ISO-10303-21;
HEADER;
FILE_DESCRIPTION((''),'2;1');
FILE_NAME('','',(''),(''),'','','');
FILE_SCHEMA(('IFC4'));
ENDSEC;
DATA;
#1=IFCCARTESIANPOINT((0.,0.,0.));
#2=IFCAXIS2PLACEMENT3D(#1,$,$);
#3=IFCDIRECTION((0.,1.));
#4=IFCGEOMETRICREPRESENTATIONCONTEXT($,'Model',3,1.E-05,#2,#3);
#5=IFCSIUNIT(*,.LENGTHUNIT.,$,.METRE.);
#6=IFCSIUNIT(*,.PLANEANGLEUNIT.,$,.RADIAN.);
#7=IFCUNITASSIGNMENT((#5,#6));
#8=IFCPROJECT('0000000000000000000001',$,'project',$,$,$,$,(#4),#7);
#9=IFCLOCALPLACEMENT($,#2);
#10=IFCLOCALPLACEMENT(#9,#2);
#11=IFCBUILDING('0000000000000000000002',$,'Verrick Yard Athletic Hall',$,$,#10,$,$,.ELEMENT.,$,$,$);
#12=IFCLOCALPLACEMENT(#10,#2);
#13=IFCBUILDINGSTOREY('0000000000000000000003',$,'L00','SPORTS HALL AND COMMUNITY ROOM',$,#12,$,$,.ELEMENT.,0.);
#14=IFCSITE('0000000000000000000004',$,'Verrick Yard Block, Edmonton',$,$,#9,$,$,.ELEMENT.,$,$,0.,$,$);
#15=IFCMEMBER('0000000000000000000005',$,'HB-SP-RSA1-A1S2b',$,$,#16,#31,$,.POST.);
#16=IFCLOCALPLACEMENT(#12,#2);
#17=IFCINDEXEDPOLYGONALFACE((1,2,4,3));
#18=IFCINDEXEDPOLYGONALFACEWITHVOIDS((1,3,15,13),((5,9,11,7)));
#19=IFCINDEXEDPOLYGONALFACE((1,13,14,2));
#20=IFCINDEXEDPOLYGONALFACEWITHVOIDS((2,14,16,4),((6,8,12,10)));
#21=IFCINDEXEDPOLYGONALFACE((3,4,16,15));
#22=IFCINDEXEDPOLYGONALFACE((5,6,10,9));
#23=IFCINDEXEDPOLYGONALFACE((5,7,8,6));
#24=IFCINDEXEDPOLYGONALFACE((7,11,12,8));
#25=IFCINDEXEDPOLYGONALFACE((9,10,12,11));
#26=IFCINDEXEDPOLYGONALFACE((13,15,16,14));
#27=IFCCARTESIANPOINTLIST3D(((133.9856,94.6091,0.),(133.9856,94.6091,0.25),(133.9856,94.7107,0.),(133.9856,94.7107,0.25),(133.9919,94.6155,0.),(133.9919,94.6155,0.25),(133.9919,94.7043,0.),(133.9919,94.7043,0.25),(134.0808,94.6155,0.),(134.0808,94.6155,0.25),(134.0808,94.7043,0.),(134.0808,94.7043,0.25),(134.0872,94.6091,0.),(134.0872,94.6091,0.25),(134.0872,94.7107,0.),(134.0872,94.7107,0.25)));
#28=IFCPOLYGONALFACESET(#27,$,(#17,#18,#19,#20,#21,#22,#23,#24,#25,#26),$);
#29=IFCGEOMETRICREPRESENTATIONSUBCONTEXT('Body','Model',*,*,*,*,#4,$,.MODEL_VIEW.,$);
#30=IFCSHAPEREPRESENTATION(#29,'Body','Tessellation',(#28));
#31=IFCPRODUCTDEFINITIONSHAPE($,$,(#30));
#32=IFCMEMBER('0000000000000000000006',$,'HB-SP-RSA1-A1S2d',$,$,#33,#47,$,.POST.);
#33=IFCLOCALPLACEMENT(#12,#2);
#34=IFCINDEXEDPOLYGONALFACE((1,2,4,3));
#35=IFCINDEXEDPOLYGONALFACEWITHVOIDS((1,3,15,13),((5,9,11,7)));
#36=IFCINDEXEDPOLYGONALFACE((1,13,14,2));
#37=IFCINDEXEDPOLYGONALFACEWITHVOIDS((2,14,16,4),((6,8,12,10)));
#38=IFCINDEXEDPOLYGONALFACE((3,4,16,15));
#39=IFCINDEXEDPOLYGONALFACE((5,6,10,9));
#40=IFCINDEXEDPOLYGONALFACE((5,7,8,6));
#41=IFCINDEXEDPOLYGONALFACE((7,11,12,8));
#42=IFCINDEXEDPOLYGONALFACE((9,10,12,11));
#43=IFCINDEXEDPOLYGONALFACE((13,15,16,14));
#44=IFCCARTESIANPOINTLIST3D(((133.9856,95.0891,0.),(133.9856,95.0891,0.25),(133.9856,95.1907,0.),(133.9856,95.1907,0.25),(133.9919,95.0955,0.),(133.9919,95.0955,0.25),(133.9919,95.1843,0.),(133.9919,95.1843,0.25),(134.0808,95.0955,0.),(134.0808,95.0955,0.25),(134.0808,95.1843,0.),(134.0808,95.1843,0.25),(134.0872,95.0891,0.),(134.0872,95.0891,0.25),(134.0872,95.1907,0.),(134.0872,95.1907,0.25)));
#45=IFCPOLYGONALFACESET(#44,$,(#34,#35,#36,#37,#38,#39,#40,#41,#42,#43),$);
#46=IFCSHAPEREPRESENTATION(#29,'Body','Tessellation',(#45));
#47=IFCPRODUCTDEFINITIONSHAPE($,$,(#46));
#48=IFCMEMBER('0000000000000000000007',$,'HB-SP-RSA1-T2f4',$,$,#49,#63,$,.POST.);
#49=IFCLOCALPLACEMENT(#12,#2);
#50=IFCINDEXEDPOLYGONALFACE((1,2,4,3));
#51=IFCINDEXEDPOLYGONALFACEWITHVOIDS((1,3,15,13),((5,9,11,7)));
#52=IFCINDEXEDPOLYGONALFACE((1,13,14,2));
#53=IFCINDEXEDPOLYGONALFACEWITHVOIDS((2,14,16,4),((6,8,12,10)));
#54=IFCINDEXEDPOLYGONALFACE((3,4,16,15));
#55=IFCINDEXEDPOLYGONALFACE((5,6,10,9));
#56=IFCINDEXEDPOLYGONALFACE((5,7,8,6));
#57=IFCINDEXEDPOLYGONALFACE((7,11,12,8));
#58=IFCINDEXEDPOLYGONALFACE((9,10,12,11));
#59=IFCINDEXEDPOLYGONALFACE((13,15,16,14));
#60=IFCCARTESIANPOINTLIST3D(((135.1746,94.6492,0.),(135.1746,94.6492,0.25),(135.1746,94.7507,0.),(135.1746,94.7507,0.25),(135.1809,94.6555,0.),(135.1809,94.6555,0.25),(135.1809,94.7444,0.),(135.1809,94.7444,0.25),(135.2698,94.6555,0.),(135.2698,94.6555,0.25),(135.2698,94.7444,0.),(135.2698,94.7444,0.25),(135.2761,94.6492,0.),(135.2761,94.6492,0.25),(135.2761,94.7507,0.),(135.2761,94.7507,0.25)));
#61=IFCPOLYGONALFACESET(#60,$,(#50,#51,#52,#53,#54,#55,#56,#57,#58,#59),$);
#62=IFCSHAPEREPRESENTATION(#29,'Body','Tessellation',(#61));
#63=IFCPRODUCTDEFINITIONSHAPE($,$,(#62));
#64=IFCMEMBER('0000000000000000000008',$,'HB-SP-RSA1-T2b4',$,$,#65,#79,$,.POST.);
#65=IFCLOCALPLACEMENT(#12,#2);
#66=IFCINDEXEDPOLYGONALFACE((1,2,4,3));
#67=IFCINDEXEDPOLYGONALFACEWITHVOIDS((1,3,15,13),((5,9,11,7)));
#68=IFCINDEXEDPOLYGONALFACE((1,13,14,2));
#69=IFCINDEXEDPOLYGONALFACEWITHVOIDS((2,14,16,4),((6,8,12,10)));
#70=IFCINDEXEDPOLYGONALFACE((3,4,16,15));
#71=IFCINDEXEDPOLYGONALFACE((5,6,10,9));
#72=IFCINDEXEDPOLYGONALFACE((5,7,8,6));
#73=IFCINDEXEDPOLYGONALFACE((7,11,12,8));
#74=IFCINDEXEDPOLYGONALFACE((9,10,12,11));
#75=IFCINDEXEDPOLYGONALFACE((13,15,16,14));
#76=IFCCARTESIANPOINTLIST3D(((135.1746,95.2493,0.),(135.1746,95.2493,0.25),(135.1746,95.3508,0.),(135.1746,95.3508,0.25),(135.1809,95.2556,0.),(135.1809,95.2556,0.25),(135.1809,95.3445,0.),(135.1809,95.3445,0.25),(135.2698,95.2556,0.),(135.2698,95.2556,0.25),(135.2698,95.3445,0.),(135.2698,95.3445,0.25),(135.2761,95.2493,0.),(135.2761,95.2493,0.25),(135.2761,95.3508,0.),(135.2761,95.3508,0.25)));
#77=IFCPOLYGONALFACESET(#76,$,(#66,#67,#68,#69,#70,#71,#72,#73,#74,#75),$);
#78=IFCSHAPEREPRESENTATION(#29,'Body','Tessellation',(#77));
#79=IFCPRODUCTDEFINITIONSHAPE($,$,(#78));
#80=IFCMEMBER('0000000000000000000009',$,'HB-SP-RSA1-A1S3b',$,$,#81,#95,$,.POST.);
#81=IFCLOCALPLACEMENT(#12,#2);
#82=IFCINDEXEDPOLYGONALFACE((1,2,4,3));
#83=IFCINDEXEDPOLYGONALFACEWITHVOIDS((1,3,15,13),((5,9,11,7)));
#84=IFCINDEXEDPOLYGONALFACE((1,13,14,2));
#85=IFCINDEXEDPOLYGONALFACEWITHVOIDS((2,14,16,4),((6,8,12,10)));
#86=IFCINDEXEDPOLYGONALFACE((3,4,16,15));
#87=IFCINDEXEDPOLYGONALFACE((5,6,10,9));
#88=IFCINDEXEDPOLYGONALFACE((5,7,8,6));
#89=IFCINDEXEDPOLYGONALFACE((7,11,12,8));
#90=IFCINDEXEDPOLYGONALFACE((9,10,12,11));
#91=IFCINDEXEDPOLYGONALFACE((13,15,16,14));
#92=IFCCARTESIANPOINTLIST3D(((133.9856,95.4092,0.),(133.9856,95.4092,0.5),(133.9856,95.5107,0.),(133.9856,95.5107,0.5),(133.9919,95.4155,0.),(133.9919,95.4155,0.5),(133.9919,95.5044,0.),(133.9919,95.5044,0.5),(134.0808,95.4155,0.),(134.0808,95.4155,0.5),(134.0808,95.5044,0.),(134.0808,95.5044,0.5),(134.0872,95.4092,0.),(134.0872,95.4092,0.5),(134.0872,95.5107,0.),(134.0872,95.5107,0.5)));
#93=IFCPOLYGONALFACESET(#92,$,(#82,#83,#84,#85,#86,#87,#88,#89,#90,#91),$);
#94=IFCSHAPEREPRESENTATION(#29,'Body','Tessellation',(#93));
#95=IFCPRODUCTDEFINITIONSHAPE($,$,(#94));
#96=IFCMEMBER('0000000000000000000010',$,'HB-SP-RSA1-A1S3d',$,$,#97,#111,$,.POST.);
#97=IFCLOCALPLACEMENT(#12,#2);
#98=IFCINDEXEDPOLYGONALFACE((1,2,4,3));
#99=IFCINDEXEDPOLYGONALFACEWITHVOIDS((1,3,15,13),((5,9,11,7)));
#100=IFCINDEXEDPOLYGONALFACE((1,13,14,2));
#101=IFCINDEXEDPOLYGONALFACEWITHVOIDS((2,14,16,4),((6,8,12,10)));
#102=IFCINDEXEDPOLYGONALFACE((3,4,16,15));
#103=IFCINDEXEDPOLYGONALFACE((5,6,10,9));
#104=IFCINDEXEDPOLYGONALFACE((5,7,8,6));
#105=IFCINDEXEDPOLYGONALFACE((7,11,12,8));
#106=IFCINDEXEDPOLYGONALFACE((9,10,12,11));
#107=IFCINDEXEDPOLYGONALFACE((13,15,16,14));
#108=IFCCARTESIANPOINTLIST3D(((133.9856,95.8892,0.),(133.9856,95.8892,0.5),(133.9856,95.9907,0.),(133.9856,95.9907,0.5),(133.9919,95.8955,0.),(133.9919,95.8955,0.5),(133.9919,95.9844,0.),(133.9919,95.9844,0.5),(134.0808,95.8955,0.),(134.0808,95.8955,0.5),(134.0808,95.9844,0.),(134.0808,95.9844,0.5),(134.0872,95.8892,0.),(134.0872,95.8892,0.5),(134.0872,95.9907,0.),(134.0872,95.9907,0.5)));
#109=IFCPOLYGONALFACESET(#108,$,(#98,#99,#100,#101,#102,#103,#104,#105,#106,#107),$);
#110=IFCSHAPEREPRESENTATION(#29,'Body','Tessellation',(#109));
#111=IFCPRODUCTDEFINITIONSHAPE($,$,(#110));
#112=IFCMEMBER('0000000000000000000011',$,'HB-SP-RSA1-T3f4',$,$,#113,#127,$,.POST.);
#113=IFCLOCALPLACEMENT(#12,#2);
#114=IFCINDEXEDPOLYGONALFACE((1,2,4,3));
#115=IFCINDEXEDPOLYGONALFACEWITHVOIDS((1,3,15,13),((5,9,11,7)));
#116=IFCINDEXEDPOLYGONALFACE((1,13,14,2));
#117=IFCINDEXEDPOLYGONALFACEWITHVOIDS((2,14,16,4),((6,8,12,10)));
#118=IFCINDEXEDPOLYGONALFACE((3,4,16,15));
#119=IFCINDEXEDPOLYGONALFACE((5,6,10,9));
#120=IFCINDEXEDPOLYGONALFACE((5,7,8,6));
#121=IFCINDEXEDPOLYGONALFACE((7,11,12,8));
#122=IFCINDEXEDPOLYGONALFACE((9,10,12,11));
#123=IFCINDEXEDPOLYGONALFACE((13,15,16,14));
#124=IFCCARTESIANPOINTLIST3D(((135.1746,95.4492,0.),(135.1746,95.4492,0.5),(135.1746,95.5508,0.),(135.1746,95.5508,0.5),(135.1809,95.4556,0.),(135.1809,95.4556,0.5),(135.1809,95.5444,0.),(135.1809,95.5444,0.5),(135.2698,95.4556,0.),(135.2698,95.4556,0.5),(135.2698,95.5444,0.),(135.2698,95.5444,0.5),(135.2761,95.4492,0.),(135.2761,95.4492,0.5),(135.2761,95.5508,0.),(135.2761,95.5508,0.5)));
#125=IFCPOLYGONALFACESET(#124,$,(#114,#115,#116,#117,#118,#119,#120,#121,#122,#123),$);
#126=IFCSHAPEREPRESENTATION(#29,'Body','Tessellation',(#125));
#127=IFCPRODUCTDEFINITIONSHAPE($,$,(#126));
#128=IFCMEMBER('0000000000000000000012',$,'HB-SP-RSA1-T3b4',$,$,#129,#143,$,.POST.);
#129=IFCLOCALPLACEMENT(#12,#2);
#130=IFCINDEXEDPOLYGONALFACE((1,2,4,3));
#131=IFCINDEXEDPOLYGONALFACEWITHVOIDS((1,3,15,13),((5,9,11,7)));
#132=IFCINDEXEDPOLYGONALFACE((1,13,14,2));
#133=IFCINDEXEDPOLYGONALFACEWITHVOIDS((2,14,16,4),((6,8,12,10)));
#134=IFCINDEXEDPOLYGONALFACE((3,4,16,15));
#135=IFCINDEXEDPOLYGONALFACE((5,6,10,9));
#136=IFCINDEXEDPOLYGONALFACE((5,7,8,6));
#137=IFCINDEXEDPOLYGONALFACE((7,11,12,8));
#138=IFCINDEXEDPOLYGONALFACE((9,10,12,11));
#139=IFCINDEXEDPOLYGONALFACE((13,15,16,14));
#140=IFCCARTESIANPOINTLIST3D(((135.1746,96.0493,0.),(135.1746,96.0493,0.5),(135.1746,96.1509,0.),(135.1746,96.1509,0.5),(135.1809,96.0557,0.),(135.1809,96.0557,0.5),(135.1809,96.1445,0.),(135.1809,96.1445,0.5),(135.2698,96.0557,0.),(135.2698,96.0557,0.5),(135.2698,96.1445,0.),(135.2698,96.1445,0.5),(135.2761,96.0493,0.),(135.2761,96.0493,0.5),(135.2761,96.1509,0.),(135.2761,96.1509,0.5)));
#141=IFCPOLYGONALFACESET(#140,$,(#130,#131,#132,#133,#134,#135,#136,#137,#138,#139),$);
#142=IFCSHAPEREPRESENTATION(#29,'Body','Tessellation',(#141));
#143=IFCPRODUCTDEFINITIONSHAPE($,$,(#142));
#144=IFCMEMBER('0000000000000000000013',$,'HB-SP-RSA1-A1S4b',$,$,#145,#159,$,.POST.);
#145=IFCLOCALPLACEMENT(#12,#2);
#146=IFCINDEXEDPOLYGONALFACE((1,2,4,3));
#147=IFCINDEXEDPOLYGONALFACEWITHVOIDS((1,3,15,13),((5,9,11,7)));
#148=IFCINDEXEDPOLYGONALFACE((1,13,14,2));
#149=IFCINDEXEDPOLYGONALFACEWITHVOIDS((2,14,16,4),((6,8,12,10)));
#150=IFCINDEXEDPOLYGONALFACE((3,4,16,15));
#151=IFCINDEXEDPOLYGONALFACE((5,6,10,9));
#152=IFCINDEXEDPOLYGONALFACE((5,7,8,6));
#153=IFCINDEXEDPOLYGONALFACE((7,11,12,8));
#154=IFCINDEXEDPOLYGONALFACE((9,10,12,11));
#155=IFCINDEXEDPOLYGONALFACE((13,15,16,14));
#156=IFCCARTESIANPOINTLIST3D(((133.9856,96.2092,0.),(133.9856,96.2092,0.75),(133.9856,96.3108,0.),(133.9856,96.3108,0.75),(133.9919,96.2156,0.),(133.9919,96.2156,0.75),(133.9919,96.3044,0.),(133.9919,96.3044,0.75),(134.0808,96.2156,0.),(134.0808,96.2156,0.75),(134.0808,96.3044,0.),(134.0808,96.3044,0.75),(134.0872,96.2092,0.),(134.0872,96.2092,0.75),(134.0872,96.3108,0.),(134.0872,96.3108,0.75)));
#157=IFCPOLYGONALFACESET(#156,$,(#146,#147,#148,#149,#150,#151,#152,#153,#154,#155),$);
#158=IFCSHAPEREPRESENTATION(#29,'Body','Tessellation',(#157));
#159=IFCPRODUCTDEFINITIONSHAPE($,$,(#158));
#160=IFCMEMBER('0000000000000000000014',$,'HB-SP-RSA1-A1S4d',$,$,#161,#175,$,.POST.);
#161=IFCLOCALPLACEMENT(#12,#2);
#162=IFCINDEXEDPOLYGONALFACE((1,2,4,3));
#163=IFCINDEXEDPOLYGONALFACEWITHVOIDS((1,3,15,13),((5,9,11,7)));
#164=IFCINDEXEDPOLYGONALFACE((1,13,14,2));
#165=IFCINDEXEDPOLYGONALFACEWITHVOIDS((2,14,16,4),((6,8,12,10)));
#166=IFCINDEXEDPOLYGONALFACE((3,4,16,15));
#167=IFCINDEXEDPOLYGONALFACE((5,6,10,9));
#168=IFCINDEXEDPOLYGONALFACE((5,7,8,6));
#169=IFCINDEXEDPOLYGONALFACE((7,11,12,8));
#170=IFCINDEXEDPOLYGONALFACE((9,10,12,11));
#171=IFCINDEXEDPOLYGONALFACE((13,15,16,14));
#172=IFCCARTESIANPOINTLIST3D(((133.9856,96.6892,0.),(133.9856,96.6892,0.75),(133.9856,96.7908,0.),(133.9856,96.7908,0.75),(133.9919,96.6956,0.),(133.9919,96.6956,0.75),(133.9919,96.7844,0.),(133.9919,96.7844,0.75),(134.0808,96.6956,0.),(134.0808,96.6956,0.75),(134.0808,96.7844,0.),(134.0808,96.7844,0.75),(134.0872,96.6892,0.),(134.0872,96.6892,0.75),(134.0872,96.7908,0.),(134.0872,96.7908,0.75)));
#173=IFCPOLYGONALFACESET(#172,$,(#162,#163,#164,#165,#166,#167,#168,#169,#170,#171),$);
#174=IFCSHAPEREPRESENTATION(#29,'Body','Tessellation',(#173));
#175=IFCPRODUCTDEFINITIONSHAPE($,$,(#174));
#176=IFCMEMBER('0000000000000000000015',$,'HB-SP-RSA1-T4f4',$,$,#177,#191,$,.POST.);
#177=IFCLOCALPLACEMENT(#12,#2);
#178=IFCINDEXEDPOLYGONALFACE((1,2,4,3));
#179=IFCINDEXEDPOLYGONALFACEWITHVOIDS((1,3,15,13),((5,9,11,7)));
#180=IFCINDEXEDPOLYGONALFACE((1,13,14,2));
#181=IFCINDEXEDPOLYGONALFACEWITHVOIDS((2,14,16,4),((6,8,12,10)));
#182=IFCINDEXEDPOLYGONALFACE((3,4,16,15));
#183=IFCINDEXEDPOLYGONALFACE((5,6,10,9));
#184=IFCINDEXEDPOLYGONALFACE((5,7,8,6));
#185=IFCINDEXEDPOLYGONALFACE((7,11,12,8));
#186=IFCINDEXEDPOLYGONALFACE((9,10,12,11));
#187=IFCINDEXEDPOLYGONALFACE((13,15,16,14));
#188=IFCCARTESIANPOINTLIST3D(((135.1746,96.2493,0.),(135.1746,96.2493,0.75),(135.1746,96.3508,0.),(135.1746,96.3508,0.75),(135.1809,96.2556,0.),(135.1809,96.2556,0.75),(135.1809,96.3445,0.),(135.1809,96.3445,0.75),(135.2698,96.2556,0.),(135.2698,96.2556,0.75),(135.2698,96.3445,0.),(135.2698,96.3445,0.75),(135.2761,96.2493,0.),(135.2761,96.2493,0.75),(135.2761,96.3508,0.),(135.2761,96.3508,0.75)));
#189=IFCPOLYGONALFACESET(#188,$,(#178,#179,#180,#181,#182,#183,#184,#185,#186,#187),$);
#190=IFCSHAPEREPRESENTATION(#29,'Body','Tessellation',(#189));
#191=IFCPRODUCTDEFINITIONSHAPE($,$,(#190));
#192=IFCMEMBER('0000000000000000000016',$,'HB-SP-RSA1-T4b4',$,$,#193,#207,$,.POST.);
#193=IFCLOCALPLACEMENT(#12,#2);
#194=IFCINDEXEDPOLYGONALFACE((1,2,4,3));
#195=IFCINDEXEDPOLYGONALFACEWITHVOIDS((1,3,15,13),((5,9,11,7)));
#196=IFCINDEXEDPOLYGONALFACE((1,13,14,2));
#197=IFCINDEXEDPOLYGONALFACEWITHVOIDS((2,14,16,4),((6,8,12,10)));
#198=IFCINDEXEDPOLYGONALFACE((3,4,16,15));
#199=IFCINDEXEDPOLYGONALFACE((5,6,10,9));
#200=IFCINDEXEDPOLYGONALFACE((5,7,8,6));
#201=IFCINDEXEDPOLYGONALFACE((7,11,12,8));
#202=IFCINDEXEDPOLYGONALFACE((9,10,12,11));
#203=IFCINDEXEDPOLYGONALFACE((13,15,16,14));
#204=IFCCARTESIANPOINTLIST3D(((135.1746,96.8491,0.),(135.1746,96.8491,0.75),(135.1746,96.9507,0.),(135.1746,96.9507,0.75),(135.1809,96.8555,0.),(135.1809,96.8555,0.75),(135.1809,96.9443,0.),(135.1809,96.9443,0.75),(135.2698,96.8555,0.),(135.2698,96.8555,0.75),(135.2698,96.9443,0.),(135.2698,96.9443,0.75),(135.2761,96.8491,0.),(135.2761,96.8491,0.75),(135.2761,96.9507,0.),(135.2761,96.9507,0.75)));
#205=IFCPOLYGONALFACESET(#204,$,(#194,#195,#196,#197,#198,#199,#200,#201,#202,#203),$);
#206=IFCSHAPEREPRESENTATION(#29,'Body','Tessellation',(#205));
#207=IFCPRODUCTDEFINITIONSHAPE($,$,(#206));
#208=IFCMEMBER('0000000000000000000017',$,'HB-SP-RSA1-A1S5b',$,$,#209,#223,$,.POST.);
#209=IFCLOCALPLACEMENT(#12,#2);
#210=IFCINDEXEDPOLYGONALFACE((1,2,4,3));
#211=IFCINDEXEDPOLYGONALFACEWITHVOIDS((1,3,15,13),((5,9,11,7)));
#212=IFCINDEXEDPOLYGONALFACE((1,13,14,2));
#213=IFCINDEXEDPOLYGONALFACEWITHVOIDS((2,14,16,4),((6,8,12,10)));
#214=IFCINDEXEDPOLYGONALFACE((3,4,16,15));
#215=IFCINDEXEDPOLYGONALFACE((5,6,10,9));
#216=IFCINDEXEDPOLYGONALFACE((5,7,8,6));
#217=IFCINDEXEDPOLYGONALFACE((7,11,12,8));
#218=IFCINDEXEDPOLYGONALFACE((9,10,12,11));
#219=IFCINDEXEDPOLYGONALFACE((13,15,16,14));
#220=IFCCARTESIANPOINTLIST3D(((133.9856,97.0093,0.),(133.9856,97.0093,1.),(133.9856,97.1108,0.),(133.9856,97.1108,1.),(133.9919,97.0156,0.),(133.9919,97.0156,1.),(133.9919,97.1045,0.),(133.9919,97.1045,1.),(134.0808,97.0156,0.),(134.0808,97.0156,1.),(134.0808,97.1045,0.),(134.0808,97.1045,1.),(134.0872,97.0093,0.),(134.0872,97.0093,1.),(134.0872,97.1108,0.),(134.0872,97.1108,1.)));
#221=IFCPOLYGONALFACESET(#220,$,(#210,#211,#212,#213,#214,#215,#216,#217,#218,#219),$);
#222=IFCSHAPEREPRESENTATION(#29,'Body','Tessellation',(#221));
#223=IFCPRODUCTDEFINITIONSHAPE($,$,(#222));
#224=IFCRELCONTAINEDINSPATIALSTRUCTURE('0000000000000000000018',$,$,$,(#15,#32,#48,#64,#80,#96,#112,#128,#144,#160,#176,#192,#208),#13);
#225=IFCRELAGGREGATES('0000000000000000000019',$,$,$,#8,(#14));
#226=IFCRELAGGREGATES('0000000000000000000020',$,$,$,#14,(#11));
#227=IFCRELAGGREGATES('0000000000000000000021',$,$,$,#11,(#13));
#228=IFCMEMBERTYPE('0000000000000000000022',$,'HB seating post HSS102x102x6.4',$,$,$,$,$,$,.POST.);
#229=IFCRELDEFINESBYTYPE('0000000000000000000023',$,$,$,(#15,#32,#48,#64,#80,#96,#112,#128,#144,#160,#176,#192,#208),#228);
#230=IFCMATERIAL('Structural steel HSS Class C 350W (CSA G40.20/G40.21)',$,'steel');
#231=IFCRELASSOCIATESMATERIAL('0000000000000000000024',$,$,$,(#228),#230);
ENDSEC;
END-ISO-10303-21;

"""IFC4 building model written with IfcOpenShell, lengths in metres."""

from ifc_helpers import new_model, si_unit, direction, frame, origin, origin_2d, place, context, subcontext, project, spatial, hollow_rectangle, extrude, material, material_profile, profile_set, type_object, element, save


model = new_model("IFC4")

# Units and contexts
model_context = context("Model", 3, precision=1e-05, world=origin(), true_north=direction((0.0, 1.0)))
body_context = subcontext(model_context, "Body", "Model", "MODEL_VIEW")
ifc_project = project(units=[si_unit("LENGTHUNIT", "METRE"), si_unit("PLANEANGLEUNIT", "RADIAN")], contexts=[model_context])

# Site, building, storey
site_placement = place(None, origin())
site = spatial("IfcSite", under=ifc_project, at=site_placement, Name="Verrick Yard Block, Edmonton", CompositionType="ELEMENT", RefElevation=0.0)
building_placement = place(site_placement, origin())
building = spatial("IfcBuilding", under=site, at=building_placement, Name="Verrick Yard Athletic Hall", CompositionType="ELEMENT")
storey_placement = place(building_placement, origin())
storey = spatial("IfcBuildingStorey", under=building, at=storey_placement, Name="L00", Description="SPORTS HALL AND COMMUNITY ROOM", CompositionType="ELEMENT", Elevation=0.0)

# Members
ifc_material = material(Name="Structural steel HSS Class C 350W (CSA G40.20/G40.21)", Category="steel")
ifc_material_profile = material_profile(ifc_material, hollow_rectangle(XDim=0.1016, YDim=0.1016, WallThickness=0.0063, at=origin_2d()), Name="HSS102x102x6.4")
ifc_profile_set = profile_set([ifc_material_profile], Name="Structural steel HSS Class C 350W (CSA G40.20/G40.21)")
member_type = type_object("IfcMemberType", Name="HB seating post HSS102x102x6.4", PredefinedType="POST", material=ifc_profile_set)
for number, where, z_axis, x_axis, name in (
    (1, (134.0364, 94.6599, 0.0), (0.0, 0.0, 1.0), (0.0, 1.0, 0.0), "HB-SP-RSA1-A1S2b"),
    (2, (134.0364, 95.1399, 0.0), (0.0, 0.0, 1.0), (0.0, 1.0, 0.0), "HB-SP-RSA1-A1S2d"),
    (3, (135.2253, 94.7, 0.0), (0.0, 0.0, 1.0), (0.0, 1.0, 0.0), "HB-SP-RSA1-T2f4"),
    (4, (135.2253, 95.3, 0.0), (0.0, 0.0, 1.0), (0.0, 1.0, 0.0), "HB-SP-RSA1-T2b4"),
):
    element("IfcMember", number, at=place(storey_placement, frame(where, z_axis=z_axis, x_axis=x_axis)), inside=storey, type_object=member_type, Name=name, PredefinedType="POST", context=body_context, shape_type="SweptSolid", body=[
        extrude(hollow_rectangle(XDim=0.1016, YDim=0.1016, WallThickness=0.0063, at=origin_2d()), origin(), (0.0, 0.0, 1.0), 0.25),
    ])
for number, where, z_axis, x_axis, name in (
    (5, (134.0364, 95.46, 0.0), (0.0, 0.0, 1.0), (0.0, 1.0, 0.0), "HB-SP-RSA1-A1S3b"),
    (6, (134.0364, 95.9399, 0.0), (0.0, 0.0, 1.0), (0.0, 1.0, 0.0), "HB-SP-RSA1-A1S3d"),
    (7, (135.2253, 95.5, 0.0), (0.0, 0.0, 1.0), (0.0, 1.0, 0.0), "HB-SP-RSA1-T3f4"),
    (8, (135.2253, 96.1001, 0.0), (0.0, 0.0, 1.0), (0.0, 1.0, 0.0), "HB-SP-RSA1-T3b4"),
):
    element("IfcMember", number, at=place(storey_placement, frame(where, z_axis=z_axis, x_axis=x_axis)), inside=storey, type_object=member_type, Name=name, PredefinedType="POST", context=body_context, shape_type="SweptSolid", body=[
        extrude(hollow_rectangle(XDim=0.1016, YDim=0.1016, WallThickness=0.0063, at=origin_2d()), origin(), (0.0, 0.0, 1.0), 0.5),
    ])
for number, where, z_axis, x_axis, name in (
    (9, (134.0364, 96.26, 0.0), (0.0, 0.0, 1.0), (0.0, 1.0, 0.0), "HB-SP-RSA1-A1S4b"),
    (10, (134.0364, 96.74, 0.0), (0.0, 0.0, 1.0), (0.0, 1.0, 0.0), "HB-SP-RSA1-A1S4d"),
    (11, (135.2253, 96.3, 0.0), (0.0, 0.0, 1.0), (0.0, 1.0, 0.0), "HB-SP-RSA1-T4f4"),
    (12, (135.2253, 96.8999, 0.0), (0.0, 0.0, 1.0), (0.0, 1.0, 0.0), "HB-SP-RSA1-T4b4"),
):
    element("IfcMember", number, at=place(storey_placement, frame(where, z_axis=z_axis, x_axis=x_axis)), inside=storey, type_object=member_type, Name=name, PredefinedType="POST", context=body_context, shape_type="SweptSolid", body=[
        extrude(hollow_rectangle(XDim=0.1016, YDim=0.1016, WallThickness=0.0063, at=origin_2d()), origin(), (0.0, 0.0, 1.0), 0.75),
    ])
for number, where, z_axis, x_axis, name in (
    (13, (134.0364, 97.0601, 0.0), (0.0, 0.0, 1.0), (0.0, 1.0, 0.0), "HB-SP-RSA1-A1S5b"),
):
    element("IfcMember", number, at=place(storey_placement, frame(where, z_axis=z_axis, x_axis=x_axis)), inside=storey, type_object=member_type, Name=name, PredefinedType="POST", context=body_context, shape_type="SweptSolid", body=[
        extrude(hollow_rectangle(XDim=0.1016, YDim=0.1016, WallThickness=0.0063, at=origin_2d()), origin(), (0.0, 0.0, 1.0), 1.0),
    ])

save(model, "model.ifc")
